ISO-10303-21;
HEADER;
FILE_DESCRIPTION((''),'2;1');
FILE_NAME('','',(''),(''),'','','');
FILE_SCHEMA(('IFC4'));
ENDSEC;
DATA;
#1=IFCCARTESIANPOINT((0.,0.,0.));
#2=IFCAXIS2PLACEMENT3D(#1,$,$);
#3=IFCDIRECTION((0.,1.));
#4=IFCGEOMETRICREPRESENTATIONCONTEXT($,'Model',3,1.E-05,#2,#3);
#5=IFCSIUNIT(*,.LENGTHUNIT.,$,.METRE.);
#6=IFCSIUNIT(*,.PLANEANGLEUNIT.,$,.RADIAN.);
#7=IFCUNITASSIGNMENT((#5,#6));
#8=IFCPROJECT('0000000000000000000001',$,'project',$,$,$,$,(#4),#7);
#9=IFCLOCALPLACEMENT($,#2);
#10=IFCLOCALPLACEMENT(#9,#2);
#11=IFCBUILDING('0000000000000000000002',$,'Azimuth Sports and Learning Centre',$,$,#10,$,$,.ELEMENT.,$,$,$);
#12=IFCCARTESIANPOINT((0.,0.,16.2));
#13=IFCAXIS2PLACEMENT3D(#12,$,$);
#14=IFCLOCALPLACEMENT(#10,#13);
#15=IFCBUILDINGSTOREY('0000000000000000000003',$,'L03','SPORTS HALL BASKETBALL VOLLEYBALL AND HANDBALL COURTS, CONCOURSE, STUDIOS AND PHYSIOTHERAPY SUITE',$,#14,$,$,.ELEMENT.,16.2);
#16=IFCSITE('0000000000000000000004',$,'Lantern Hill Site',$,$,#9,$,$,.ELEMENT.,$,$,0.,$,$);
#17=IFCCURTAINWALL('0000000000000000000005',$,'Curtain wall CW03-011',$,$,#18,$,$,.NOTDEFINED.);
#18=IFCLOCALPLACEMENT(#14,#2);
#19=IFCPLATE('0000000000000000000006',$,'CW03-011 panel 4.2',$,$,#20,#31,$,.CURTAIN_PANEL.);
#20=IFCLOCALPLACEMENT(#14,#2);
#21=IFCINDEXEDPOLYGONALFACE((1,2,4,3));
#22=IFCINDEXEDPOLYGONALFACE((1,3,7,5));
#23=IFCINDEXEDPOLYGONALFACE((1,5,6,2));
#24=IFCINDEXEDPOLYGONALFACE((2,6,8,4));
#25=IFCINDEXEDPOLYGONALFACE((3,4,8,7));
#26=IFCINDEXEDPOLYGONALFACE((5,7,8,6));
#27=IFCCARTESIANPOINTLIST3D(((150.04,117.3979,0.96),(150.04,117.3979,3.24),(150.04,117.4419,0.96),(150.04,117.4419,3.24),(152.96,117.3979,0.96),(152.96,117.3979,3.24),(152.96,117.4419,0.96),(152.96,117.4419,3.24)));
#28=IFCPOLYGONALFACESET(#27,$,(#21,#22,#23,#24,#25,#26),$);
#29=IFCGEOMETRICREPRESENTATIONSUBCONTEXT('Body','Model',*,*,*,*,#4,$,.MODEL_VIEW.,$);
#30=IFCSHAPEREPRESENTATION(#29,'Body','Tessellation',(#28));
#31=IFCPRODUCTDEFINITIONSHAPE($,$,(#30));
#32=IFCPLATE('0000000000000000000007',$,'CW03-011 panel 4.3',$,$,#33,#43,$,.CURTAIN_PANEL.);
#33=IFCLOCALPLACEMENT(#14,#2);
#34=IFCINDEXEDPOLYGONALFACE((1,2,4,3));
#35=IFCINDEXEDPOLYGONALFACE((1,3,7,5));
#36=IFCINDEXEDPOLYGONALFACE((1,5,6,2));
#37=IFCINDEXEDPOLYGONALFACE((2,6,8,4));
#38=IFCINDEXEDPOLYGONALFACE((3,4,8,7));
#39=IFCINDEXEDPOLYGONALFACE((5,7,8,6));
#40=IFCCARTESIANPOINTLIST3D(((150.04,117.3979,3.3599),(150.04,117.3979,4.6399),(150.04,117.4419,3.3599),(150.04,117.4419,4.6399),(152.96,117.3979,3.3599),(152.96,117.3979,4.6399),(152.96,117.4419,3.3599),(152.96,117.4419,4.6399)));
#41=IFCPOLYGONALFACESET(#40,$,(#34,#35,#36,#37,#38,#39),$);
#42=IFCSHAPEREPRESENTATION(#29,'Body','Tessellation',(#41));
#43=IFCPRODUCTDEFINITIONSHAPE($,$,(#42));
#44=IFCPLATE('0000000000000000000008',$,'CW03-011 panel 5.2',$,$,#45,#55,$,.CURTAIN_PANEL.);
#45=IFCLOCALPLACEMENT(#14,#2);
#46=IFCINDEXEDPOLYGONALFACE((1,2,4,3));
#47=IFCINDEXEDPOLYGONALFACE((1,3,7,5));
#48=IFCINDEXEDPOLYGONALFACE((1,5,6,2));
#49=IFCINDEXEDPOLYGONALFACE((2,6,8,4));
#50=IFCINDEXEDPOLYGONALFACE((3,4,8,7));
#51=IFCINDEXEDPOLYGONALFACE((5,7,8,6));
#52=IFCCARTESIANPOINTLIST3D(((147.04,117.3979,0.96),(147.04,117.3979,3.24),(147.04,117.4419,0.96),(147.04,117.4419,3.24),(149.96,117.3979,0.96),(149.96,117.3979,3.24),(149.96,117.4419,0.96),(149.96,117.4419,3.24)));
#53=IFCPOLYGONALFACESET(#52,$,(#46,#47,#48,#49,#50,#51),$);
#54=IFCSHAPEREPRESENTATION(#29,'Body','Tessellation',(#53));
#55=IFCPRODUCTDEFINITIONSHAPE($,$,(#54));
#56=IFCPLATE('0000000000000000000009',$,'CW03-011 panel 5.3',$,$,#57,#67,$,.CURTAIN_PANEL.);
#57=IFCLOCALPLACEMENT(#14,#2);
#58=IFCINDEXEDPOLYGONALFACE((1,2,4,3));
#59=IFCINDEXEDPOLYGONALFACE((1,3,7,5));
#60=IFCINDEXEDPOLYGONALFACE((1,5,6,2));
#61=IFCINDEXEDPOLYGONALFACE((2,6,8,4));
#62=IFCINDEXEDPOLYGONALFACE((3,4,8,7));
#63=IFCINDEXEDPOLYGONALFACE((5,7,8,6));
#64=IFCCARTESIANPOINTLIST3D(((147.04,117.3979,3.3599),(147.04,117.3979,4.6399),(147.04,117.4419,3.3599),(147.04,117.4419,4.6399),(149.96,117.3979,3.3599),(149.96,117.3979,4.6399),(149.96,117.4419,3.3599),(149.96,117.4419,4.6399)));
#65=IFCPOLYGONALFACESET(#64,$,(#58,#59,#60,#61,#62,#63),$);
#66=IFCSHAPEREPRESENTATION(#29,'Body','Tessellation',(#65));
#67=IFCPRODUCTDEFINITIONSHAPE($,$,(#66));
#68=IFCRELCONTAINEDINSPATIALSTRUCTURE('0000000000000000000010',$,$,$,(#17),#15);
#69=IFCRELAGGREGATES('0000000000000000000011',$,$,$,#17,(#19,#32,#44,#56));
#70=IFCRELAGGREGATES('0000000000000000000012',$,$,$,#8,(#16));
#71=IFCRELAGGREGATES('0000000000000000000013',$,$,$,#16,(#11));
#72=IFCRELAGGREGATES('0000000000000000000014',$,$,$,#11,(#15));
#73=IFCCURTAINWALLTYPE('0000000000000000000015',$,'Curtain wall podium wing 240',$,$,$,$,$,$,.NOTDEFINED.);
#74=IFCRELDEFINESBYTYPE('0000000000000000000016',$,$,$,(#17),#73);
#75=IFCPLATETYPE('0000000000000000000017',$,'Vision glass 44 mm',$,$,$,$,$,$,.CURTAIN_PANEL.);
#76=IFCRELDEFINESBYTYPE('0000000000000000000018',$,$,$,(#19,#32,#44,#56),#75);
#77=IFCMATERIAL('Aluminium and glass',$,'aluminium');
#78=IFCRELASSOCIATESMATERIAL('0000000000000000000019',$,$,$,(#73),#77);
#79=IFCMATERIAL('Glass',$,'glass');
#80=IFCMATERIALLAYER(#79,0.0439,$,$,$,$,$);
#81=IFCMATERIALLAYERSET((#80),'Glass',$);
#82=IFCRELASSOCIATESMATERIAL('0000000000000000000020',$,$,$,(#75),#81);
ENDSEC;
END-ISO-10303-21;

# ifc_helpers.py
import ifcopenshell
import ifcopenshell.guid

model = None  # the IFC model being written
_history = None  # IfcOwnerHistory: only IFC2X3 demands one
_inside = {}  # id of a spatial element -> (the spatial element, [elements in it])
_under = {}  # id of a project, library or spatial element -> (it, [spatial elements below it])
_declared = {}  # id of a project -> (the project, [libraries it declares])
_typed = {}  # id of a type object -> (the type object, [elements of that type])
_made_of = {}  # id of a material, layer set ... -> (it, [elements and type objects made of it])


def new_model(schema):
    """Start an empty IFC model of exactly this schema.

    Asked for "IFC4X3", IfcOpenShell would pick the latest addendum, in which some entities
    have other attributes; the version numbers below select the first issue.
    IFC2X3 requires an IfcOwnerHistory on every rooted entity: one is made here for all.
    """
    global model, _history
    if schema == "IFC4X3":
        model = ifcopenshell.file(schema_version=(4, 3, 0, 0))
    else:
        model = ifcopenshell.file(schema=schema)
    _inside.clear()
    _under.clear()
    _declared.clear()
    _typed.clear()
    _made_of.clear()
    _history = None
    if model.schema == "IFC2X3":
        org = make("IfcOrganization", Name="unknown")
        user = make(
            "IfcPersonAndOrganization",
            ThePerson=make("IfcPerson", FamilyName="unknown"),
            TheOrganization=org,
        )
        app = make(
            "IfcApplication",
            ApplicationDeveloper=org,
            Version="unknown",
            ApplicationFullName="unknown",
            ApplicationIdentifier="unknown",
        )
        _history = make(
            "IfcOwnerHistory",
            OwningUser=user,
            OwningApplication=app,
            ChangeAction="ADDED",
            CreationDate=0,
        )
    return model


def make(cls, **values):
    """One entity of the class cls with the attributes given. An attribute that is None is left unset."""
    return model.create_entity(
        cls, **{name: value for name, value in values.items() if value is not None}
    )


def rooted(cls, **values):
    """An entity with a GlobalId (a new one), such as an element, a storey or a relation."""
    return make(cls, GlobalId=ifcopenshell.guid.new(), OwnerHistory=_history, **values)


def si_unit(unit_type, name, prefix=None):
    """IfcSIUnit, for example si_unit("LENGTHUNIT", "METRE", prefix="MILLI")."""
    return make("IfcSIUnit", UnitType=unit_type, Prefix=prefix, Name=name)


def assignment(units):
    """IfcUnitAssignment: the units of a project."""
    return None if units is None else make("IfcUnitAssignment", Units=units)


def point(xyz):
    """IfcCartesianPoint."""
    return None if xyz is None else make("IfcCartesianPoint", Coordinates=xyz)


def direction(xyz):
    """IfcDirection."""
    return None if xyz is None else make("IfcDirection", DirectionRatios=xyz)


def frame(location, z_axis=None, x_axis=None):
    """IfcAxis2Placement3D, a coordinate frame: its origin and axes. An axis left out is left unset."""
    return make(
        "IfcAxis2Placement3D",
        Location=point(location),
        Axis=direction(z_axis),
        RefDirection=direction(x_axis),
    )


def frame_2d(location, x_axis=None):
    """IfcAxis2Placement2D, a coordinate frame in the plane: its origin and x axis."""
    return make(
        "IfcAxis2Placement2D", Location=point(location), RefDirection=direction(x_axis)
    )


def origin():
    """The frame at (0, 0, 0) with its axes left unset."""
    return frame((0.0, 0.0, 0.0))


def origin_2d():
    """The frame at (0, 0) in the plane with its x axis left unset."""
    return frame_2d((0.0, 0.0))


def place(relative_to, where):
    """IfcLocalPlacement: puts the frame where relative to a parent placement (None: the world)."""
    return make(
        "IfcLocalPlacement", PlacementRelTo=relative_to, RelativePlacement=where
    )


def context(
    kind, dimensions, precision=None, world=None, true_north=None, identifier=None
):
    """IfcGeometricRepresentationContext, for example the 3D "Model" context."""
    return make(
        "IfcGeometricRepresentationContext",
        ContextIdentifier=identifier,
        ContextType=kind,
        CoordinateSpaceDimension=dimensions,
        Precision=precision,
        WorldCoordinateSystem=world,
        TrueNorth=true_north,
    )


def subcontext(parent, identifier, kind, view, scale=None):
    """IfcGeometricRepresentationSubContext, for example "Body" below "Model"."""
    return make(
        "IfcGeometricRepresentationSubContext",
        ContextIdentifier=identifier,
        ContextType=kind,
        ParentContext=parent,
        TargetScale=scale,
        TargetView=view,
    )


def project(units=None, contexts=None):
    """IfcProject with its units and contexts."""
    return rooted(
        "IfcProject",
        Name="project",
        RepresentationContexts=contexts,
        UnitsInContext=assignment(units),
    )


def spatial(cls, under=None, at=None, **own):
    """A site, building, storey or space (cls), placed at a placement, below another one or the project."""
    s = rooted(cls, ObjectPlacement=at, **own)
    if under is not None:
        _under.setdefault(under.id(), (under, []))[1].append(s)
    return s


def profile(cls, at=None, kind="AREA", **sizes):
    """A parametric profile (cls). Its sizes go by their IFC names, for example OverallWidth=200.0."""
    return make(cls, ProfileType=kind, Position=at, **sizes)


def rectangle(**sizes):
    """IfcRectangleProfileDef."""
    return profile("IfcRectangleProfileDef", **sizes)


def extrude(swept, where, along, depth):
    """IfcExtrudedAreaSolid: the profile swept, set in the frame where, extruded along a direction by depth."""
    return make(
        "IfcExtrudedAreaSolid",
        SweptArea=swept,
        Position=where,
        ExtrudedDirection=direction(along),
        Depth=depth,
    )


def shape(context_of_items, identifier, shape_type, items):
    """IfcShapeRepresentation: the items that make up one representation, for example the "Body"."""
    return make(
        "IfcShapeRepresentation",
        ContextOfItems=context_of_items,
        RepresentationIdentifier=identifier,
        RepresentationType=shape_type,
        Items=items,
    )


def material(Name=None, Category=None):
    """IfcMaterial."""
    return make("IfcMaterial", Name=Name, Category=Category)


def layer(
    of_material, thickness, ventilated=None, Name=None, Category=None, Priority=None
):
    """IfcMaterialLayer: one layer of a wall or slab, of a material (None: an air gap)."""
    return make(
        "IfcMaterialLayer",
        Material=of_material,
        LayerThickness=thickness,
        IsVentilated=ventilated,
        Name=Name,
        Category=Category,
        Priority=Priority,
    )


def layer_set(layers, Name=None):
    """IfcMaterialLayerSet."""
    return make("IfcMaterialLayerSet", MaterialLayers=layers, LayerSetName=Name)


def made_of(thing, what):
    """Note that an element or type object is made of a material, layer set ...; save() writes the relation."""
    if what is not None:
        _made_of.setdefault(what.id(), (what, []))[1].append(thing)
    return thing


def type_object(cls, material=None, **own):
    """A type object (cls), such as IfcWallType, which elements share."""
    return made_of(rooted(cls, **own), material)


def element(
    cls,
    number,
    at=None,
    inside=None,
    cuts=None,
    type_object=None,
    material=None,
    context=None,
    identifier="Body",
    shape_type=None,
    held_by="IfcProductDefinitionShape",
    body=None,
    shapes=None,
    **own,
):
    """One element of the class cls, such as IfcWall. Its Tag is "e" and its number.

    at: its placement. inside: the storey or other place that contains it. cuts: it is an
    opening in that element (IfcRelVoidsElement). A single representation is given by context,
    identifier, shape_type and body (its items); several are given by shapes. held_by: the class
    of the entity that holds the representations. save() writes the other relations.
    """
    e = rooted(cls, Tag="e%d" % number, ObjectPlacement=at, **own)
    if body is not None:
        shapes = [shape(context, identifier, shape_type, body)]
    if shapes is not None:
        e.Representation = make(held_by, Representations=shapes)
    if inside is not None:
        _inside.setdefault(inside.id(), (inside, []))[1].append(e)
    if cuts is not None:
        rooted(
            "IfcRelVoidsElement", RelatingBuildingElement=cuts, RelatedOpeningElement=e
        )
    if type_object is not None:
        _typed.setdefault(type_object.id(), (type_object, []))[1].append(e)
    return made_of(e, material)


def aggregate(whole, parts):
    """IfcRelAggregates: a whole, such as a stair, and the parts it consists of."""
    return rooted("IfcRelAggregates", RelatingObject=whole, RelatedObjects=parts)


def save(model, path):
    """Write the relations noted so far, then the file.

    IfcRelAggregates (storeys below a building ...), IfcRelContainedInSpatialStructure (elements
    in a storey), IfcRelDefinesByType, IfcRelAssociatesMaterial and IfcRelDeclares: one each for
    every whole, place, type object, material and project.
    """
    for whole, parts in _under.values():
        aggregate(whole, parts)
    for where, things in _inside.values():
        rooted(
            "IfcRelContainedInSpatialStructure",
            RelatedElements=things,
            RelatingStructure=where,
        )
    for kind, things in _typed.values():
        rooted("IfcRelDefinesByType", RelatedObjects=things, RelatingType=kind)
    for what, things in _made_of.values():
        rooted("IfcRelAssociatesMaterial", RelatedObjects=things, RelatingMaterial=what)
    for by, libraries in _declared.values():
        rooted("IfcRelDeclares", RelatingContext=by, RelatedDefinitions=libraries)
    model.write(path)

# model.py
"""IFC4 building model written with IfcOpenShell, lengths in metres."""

from ifc_helpers import new_model, si_unit, direction, frame, origin, origin_2d, place, context, subcontext, project, spatial, rectangle, extrude, material, layer, layer_set, type_object, element, aggregate, save


model = new_model("IFC4")

# Units and contexts
model_context = context("Model", 3, precision=1e-05, world=origin(), true_north=direction((0.0, 1.0)))
body_context = subcontext(model_context, "Body", "Model", "MODEL_VIEW")
ifc_project = project(units=[si_unit("LENGTHUNIT", "METRE"), si_unit("PLANEANGLEUNIT", "RADIAN")], contexts=[model_context])

# Site, building, storey
site_placement = place(None, origin())
site = spatial("IfcSite", under=ifc_project, at=site_placement, Name="Lantern Hill Site", CompositionType="ELEMENT", RefElevation=0.0)
building_placement = place(site_placement, origin())
building = spatial("IfcBuilding", under=site, at=building_placement, Name="Azimuth Sports and Learning Centre", CompositionType="ELEMENT")
storey_placement = place(building_placement, frame((0.0, 0.0, 16.2)))
storey = spatial("IfcBuildingStorey", under=building, at=storey_placement, Name="L03", Description="SPORTS HALL BASKETBALL VOLLEYBALL AND HANDBALL COURTS, CONCOURSE, STUDIOS AND PHYSIOTHERAPY SUITE", CompositionType="ELEMENT", Elevation=16.2)

# Curtain wall, plates
ifc_material_1 = material(Name="Aluminium and glass", Category="aluminium")
curtain_wall_type = type_object("IfcCurtainWallType", Name="Curtain wall podium wing 240", PredefinedType="NOTDEFINED", material=ifc_material_1)
curtain_wall_placement = place(storey_placement, origin())
curtain_wall = element("IfcCurtainWall", 1, at=curtain_wall_placement, inside=storey, type_object=curtain_wall_type, Name="Curtain wall CW03-011", PredefinedType="NOTDEFINED")
ifc_material_2 = material(Name="Glass", Category="glass")
ifc_layer_1 = layer(ifc_material_2, 0.0439)
ifc_layer_set_1 = layer_set([ifc_layer_1], Name="Glass")
plate_type_1 = type_object("IfcPlateType", Name="Vision glass 44 mm", PredefinedType="CURTAIN_PANEL", material=ifc_layer_set_1)
plate_1_placement = place(storey_placement, frame((151.5, 117.4199, 0.96), z_axis=(0.0, 0.0, 1.0), x_axis=(-1.0, 0.0, 0.0)))
plate_1 = element("IfcPlate", 2, at=plate_1_placement, type_object=plate_type_1, Name="CW03-011 panel 4.2", PredefinedType="CURTAIN_PANEL", context=body_context, shape_type="SweptSolid", body=[
    extrude(rectangle(XDim=2.9199, YDim=0.0439, at=origin_2d()), origin(), (0.0, 0.0, 1.0), 2.28),
])
plate_2_placement = place(storey_placement, frame((151.5, 117.4199, 3.3599), z_axis=(0.0, 0.0, 1.0), x_axis=(-1.0, 0.0, 0.0)))
plate_2 = element("IfcPlate", 3, at=plate_2_placement, type_object=plate_type_1, Name="CW03-011 panel 4.3", PredefinedType="CURTAIN_PANEL", context=body_context, shape_type="SweptSolid", body=[
    extrude(rectangle(XDim=2.9199, YDim=0.0439, at=origin_2d()), origin(), (0.0, 0.0, 1.0), 1.28),
])
plate_3_placement = place(storey_placement, frame((148.5, 117.4199, 0.96), z_axis=(0.0, 0.0, 1.0), x_axis=(-1.0, 0.0, 0.0)))
plate_3 = element("IfcPlate", 4, at=plate_3_placement, type_object=plate_type_1, Name="CW03-011 panel 5.2", PredefinedType="CURTAIN_PANEL", context=body_context, shape_type="SweptSolid", body=[
    extrude(rectangle(XDim=2.9199, YDim=0.0439, at=origin_2d()), origin(), (0.0, 0.0, 1.0), 2.28),
])
plate_4_placement = place(storey_placement, frame((148.5, 117.4199, 3.3599), z_axis=(0.0, 0.0, 1.0), x_axis=(-1.0, 0.0, 0.0)))
plate_4 = element("IfcPlate", 5, at=plate_4_placement, type_object=plate_type_1, Name="CW03-011 panel 5.3", PredefinedType="CURTAIN_PANEL", context=body_context, shape_type="SweptSolid", body=[
    extrude(rectangle(XDim=2.9199, YDim=0.0439, at=origin_2d()), origin(), (0.0, 0.0, 1.0), 1.28),
])
aggregate(curtain_wall, [plate_1, plate_2, plate_3, plate_4])

save(model, "model.ifc")
